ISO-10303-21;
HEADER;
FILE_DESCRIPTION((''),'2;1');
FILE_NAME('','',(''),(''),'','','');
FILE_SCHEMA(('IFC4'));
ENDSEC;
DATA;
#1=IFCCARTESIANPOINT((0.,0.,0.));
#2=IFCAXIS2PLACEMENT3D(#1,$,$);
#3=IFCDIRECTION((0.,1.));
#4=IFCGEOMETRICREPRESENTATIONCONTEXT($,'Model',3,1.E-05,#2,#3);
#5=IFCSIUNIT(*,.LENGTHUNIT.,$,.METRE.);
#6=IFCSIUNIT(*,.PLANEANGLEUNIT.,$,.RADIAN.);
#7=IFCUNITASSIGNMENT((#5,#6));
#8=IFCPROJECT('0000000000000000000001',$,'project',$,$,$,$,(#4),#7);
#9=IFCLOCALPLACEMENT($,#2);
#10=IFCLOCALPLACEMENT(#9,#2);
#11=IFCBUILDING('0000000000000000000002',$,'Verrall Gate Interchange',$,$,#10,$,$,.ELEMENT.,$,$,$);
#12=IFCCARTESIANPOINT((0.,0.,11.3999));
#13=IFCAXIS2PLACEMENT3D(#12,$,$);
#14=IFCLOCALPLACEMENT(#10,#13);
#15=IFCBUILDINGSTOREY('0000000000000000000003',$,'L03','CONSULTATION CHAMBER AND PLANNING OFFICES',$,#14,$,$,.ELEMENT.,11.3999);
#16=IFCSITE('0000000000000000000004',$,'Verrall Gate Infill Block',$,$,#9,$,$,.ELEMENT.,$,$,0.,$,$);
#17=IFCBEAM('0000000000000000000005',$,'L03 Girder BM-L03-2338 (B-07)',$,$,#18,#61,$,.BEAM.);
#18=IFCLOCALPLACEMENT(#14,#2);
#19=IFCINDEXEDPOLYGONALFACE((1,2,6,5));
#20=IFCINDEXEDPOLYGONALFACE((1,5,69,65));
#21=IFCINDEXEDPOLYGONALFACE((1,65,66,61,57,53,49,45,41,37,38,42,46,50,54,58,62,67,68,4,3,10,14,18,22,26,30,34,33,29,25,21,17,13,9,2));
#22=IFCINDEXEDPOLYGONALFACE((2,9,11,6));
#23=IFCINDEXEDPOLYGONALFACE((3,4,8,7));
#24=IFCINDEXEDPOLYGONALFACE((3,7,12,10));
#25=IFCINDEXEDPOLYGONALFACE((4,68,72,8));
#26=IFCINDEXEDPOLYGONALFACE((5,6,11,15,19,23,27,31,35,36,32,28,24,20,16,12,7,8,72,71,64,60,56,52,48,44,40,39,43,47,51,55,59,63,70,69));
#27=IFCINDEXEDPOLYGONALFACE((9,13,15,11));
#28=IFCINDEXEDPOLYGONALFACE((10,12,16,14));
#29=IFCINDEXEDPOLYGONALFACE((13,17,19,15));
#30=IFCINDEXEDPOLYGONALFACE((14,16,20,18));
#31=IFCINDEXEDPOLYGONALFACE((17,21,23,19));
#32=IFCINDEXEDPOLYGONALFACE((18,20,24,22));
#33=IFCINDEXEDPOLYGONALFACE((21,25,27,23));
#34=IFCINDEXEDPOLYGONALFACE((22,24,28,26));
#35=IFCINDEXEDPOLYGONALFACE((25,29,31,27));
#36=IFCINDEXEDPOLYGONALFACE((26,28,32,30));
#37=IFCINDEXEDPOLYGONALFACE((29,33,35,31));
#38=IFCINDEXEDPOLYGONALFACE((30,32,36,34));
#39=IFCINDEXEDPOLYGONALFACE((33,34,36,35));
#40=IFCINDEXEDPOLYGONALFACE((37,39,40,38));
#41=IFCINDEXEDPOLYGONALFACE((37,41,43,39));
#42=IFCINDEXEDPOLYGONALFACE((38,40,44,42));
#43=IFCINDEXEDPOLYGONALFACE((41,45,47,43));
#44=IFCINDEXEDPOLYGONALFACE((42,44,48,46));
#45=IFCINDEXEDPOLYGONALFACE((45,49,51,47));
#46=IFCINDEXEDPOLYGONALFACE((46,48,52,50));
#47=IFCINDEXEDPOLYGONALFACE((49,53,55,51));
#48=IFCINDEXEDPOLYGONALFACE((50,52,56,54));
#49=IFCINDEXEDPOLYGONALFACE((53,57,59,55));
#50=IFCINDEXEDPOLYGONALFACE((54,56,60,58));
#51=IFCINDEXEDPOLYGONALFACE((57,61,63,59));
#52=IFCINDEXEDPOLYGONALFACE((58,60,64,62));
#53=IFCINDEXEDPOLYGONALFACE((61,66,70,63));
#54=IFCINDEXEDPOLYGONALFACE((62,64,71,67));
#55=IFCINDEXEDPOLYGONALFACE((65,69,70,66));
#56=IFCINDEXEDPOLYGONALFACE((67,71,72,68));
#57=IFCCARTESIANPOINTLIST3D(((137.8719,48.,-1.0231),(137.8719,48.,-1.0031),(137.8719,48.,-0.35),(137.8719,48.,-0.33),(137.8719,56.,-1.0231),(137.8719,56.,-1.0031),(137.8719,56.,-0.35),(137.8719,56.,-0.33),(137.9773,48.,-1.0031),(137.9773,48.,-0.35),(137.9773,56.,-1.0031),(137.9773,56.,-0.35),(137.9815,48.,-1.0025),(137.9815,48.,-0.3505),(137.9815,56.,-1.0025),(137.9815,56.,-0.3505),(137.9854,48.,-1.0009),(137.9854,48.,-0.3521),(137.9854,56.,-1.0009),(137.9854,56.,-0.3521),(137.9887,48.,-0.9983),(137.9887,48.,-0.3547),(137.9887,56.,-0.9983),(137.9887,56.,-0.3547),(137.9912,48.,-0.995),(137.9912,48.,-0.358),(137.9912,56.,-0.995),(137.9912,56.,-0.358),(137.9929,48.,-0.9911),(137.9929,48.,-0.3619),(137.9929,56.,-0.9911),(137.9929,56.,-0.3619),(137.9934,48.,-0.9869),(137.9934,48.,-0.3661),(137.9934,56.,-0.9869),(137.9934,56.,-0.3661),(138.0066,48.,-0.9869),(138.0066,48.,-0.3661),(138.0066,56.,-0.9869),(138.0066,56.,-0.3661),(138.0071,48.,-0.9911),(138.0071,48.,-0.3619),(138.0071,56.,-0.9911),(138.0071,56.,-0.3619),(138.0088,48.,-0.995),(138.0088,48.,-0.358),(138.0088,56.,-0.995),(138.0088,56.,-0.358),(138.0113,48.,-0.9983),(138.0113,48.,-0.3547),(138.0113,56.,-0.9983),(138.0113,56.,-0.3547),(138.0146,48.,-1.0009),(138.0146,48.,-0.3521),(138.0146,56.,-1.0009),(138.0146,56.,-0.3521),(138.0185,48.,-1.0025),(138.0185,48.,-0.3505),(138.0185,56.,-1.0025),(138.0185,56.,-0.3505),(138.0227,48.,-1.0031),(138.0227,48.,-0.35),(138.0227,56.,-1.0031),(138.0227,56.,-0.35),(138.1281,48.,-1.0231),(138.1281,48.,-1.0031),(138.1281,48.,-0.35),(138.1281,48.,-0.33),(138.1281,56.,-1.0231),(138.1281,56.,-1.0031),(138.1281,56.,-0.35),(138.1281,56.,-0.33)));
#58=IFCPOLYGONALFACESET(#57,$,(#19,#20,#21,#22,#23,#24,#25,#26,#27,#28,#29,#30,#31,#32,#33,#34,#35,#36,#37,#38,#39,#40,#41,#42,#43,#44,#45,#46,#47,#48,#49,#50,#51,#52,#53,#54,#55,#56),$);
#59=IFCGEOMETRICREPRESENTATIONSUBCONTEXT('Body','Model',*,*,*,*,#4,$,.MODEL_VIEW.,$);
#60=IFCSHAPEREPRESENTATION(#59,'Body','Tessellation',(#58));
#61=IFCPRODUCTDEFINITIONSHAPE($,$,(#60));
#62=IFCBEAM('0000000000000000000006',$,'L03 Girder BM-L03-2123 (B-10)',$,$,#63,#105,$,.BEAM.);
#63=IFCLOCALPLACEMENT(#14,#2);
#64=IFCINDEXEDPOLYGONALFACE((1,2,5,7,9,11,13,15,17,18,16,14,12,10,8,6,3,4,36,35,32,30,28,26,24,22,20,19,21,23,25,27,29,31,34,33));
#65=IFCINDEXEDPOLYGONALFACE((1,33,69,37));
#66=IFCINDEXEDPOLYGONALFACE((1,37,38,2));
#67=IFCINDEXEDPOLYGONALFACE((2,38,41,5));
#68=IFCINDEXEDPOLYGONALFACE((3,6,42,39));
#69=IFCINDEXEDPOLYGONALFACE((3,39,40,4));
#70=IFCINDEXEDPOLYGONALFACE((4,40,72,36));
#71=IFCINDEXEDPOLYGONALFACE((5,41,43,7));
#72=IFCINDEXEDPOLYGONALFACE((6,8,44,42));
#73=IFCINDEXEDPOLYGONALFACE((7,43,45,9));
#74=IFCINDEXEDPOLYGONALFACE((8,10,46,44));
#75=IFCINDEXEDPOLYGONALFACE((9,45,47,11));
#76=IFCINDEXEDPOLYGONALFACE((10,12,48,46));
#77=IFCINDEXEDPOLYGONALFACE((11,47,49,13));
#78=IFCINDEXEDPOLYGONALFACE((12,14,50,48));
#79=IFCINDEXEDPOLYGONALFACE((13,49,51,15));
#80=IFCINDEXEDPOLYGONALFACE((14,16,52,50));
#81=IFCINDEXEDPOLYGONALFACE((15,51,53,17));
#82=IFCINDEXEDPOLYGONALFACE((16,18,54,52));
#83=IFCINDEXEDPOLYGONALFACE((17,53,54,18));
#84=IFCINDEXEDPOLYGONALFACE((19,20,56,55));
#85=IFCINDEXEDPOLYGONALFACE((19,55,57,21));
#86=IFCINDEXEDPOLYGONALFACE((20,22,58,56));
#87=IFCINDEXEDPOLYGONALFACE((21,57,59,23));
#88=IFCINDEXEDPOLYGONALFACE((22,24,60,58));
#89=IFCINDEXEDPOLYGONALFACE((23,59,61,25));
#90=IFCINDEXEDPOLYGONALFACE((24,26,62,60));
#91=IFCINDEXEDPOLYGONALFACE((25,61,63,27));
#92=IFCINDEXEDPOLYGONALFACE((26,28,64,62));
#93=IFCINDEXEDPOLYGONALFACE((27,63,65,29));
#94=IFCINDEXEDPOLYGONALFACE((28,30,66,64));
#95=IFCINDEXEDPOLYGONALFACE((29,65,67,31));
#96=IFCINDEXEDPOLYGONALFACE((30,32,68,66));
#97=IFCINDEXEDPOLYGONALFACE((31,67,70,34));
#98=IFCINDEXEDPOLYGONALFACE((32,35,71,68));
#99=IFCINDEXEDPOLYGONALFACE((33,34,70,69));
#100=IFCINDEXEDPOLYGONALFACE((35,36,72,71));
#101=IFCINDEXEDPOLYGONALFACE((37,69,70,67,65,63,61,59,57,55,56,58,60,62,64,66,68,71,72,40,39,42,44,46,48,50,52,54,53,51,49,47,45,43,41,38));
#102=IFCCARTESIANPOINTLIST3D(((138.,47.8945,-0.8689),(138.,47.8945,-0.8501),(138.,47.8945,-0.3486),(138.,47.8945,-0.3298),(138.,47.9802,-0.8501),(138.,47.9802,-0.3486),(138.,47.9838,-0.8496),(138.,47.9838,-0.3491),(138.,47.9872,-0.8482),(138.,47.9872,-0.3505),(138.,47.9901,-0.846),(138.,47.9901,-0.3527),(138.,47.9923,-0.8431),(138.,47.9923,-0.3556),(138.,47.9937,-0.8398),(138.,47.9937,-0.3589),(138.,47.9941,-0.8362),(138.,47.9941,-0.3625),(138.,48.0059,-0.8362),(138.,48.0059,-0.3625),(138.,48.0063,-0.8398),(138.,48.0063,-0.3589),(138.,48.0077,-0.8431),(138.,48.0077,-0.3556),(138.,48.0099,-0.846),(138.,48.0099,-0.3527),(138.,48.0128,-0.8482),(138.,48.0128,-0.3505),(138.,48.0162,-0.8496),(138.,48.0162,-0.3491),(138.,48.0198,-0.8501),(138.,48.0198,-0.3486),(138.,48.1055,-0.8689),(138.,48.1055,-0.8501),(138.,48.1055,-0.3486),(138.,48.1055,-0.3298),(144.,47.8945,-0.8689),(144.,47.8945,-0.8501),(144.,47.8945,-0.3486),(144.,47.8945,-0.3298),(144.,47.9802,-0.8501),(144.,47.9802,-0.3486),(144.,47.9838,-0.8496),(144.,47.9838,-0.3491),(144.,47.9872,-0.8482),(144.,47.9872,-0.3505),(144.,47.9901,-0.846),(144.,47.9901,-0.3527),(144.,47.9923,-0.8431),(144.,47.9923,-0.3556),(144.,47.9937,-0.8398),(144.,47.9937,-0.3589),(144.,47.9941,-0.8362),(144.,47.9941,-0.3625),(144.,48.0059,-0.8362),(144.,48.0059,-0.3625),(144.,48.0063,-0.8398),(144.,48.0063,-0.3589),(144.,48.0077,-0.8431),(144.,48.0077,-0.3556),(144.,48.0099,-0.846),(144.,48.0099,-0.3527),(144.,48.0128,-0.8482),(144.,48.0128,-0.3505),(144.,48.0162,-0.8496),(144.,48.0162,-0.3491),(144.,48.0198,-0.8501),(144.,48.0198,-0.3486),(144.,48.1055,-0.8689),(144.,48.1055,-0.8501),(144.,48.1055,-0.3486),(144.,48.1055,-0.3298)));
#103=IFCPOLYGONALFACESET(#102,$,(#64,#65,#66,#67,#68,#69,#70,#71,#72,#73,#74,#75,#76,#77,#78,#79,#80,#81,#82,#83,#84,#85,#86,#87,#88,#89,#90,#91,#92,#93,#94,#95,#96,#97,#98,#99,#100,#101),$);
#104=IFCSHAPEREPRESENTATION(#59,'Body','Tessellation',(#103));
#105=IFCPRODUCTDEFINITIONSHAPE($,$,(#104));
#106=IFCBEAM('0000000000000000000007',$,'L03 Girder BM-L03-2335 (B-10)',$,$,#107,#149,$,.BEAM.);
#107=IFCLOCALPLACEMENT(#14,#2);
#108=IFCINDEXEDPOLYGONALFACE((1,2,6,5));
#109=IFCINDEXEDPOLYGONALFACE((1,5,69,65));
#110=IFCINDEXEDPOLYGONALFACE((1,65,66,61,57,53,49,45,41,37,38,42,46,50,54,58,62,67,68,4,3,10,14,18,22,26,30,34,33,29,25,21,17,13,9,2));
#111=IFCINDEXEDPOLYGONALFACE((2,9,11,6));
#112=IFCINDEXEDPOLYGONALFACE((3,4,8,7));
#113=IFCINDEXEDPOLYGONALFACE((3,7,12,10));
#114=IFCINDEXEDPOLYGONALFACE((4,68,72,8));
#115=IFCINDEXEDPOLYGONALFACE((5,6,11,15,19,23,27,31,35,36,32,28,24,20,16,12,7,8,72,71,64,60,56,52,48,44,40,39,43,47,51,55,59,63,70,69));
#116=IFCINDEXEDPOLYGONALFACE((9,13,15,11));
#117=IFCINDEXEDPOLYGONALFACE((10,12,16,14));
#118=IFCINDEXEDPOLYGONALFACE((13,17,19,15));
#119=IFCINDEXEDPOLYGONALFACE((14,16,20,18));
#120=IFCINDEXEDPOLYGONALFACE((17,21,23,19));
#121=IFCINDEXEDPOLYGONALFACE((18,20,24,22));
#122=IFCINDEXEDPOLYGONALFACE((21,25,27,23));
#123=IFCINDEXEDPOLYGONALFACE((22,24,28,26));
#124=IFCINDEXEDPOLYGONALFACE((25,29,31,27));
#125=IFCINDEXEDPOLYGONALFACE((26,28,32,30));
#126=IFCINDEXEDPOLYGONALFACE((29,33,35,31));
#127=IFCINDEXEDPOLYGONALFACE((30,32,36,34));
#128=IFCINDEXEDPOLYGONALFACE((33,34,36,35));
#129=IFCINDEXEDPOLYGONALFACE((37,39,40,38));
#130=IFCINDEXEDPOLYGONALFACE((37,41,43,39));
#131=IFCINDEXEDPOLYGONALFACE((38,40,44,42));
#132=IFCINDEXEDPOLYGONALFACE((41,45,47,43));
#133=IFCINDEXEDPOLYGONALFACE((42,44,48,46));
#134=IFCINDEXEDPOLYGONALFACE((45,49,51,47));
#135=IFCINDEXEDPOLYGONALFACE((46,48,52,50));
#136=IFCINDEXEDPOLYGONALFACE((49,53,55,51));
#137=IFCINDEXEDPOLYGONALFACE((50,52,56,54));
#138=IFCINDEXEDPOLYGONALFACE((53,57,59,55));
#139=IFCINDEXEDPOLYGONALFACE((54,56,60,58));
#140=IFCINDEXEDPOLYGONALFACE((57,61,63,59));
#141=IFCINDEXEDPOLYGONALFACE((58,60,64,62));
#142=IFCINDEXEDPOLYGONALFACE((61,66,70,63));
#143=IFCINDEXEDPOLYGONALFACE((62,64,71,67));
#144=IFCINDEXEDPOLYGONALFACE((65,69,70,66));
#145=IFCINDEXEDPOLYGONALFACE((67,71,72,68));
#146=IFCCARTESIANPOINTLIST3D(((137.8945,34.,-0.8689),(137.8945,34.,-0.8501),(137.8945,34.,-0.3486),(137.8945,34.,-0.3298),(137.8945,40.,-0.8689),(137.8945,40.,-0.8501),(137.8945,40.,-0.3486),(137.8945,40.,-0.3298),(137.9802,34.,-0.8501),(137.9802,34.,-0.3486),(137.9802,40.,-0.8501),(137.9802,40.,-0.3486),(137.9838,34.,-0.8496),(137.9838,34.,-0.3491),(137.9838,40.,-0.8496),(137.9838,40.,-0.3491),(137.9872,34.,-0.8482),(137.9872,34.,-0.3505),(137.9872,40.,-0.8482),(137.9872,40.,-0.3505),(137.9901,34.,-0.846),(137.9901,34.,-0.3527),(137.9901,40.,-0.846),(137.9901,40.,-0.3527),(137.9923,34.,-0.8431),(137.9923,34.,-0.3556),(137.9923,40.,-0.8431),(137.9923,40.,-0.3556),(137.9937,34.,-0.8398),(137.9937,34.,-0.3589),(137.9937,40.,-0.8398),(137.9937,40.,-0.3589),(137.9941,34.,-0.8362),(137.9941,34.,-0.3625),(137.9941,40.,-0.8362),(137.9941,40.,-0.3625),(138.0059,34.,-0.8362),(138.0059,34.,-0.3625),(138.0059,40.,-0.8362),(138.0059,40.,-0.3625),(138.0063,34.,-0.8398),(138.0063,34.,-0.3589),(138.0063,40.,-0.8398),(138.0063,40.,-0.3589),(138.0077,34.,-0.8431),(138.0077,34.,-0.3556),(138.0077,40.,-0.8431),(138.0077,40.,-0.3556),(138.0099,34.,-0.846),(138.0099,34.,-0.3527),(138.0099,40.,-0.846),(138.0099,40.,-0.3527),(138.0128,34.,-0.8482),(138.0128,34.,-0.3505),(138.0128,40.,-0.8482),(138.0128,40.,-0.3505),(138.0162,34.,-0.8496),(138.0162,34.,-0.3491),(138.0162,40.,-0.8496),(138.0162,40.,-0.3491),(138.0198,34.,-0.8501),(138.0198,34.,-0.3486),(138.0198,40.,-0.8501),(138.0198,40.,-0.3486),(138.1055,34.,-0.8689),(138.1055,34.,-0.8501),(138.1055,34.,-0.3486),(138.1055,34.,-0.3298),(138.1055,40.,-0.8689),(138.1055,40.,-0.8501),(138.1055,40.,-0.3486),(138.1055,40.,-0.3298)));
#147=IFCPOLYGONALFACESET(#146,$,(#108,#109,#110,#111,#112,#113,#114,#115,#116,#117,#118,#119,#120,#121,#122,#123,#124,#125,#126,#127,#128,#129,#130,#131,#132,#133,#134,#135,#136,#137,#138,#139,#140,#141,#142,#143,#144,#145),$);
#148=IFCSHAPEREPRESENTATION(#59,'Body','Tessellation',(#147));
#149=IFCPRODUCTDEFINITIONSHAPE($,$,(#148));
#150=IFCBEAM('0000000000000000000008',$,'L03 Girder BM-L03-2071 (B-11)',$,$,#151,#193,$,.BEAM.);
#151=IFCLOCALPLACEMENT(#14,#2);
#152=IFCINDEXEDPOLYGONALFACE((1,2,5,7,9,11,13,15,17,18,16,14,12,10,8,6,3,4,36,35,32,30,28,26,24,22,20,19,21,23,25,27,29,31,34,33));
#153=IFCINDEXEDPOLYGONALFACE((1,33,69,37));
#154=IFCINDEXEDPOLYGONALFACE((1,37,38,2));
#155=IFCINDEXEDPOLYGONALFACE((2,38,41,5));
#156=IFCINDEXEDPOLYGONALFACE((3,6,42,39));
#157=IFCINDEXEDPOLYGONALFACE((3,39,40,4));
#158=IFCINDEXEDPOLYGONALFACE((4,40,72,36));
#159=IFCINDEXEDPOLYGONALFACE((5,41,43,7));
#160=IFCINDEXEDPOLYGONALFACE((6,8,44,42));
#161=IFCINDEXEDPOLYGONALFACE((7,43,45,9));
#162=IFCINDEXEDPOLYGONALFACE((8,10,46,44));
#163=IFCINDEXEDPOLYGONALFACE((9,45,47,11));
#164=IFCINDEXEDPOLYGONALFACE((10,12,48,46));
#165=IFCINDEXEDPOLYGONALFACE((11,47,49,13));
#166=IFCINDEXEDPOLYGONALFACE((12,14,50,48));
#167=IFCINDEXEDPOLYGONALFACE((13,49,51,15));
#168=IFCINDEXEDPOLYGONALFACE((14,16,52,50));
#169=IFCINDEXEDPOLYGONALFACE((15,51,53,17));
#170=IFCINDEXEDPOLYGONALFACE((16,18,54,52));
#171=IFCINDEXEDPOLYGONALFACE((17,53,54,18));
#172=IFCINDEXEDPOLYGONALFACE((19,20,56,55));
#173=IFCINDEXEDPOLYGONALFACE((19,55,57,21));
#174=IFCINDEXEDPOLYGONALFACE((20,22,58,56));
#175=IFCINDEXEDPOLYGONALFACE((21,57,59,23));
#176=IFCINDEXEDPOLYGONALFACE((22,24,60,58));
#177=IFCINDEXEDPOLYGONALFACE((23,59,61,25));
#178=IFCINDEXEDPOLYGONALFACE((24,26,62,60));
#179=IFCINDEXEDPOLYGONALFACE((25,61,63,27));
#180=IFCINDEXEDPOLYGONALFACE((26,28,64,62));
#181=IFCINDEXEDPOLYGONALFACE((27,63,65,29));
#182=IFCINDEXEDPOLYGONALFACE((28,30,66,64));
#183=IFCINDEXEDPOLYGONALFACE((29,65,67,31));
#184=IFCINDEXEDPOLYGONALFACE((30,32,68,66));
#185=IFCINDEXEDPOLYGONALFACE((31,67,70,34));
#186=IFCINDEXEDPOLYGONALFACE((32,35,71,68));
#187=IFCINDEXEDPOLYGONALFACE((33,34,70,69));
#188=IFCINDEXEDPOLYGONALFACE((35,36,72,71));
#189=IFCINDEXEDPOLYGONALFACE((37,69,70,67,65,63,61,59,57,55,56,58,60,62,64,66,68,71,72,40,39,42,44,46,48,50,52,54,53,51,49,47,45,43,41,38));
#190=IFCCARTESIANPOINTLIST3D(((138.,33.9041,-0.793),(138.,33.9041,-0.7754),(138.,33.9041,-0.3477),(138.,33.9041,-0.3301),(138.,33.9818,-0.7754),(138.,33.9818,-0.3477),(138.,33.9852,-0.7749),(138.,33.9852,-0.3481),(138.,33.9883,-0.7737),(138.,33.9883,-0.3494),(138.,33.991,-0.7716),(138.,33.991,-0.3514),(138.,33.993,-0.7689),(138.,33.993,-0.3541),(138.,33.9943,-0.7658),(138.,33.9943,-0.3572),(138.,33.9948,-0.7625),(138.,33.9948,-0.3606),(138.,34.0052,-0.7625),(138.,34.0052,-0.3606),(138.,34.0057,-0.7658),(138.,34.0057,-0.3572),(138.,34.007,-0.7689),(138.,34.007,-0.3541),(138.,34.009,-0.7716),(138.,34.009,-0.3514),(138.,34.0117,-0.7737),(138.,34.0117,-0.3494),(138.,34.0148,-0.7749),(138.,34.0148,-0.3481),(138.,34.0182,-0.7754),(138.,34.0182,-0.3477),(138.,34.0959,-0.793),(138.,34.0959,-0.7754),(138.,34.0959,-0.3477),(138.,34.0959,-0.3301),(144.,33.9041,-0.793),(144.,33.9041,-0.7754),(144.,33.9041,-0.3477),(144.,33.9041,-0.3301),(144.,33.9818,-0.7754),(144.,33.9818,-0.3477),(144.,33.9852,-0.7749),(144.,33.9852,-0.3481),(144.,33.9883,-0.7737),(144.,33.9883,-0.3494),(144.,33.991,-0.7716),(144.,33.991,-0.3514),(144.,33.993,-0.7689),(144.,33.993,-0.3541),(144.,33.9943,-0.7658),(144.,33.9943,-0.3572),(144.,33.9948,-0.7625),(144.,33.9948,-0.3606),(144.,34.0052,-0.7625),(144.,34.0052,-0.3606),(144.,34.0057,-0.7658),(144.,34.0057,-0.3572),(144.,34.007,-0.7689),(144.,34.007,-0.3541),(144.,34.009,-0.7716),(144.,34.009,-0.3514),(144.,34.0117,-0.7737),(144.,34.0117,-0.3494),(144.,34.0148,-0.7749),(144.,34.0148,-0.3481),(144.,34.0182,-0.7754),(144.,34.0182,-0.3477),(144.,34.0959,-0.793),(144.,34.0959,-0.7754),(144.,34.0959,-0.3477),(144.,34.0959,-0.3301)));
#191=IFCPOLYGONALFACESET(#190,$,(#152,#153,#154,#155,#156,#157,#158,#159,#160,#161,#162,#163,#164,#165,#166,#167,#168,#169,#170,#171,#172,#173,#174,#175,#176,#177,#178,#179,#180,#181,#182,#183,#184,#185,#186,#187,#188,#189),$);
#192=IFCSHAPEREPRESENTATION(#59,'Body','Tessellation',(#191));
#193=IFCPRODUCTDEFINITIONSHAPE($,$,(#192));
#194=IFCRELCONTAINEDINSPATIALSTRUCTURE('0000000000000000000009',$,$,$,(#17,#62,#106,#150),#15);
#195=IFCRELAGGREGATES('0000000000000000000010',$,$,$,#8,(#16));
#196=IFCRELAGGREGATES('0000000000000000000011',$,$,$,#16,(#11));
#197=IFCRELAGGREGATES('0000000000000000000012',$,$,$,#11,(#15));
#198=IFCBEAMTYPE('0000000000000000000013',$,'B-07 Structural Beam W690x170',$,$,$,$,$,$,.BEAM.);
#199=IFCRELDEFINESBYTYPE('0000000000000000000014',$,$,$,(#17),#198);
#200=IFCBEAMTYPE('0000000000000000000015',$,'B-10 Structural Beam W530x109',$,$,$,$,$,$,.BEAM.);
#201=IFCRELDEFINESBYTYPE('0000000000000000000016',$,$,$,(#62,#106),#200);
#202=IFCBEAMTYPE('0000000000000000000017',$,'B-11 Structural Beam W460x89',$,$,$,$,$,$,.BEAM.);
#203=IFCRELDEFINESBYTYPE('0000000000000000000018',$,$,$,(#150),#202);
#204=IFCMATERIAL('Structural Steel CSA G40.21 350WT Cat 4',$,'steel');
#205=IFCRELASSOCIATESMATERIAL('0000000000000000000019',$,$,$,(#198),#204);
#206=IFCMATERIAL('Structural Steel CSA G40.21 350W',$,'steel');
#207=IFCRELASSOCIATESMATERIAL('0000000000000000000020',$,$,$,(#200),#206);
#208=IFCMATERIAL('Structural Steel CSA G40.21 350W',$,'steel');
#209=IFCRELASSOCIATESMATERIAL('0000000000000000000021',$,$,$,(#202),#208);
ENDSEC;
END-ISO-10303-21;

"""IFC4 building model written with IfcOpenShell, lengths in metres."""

from ifc_helpers import new_model, si_unit, direction, frame, origin, origin_2d, place, context, subcontext, project, spatial, i_section, extrude, material, material_profile, profile_set, type_object, element, save


model = new_model("IFC4")

# Units and contexts
model_context = context("Model", 3, precision=1e-05, world=origin(), true_north=direction((0.0, 1.0)))
body_context = subcontext(model_context, "Body", "Model", "MODEL_VIEW")
ifc_project = project(units=[si_unit("LENGTHUNIT", "METRE"), si_unit("PLANEANGLEUNIT", "RADIAN")], contexts=[model_context])

# Site, building, storey
site_placement = place(None, origin())
site = spatial("IfcSite", under=ifc_project, at=site_placement, Name="Verrall Gate Infill Block", CompositionType="ELEMENT", RefElevation=0.0)
building_placement = place(site_placement, origin())
building = spatial("IfcBuilding", under=site, at=building_placement, Name="Verrall Gate Interchange", CompositionType="ELEMENT")
storey_placement = place(building_placement, frame((0.0, 0.0, 11.3999)))
storey = spatial("IfcBuildingStorey", under=building, at=storey_placement, Name="L03", Description="CONSULTATION CHAMBER AND PLANNING OFFICES", CompositionType="ELEMENT", Elevation=11.3999)

# Beams
ifc_material_1 = material(Name="Structural Steel CSA G40.21 350WT Cat 4", Category="steel")
ifc_material_profile_1 = material_profile(ifc_material_1, i_section(OverallWidth=0.2561, OverallDepth=0.6931, WebThickness=0.0132, FlangeThickness=0.02, FilletRadius=0.0161, at=origin_2d()), Name="W690x170")
ifc_profile_set_1 = profile_set([ifc_material_profile_1], Name="Structural Steel CSA G40.21 350WT Cat 4")
beam_type_1 = type_object("IfcBeamType", Name="B-07 Structural Beam W690x170", PredefinedType="BEAM", material=ifc_profile_set_1)
beam_1_placement = place(storey_placement, frame((138.0, 48.0, -0.6765), z_axis=(0.0, 1.0, 0.0), x_axis=(-1.0, 0.0, 0.0)))
element("IfcBeam", 1, at=beam_1_placement, inside=storey, type_object=beam_type_1, Name="L03 Girder BM-L03-2338 (B-07)", PredefinedType="BEAM", context=body_context, shape_type="SweptSolid", body=[
    extrude(i_section(OverallWidth=0.2561, OverallDepth=0.6931, WebThickness=0.0132, FlangeThickness=0.02, FilletRadius=0.0161, at=origin_2d()), origin(), (0.0, 0.0, 1.0), 8.0),
])
ifc_material_2 = material(Name="Structural Steel CSA G40.21 350W", Category="steel")
ifc_material_profile_2 = material_profile(ifc_material_2, i_section(OverallWidth=0.2109, OverallDepth=0.5391, WebThickness=0.0117, FlangeThickness=0.0188, FilletRadius=0.0139, at=origin_2d()), Name="W530x109")
ifc_profile_set_2 = profile_set([ifc_material_profile_2], Name="Structural Steel CSA G40.21 350W")
beam_type_2 = type_object("IfcBeamType", Name="B-10 Structural Beam W530x109", PredefinedType="BEAM", material=ifc_profile_set_2)
for number, where, z_axis, x_axis, name in (
    (2, (138.0, 48.0, -0.5994), (1.0, 0.0, 0.0), (0.0, 1.0, 0.0), "L03 Girder BM-L03-2123 (B-10)"),
    (3, (138.0, 34.0, -0.5994), (0.0, 1.0, 0.0), (-1.0, 0.0, 0.0), "L03 Girder BM-L03-2335 (B-10)"),
):
    element("IfcBeam", number, at=place(storey_placement, frame(where, z_axis=z_axis, x_axis=x_axis)), inside=storey, type_object=beam_type_2, Name=name, PredefinedType="BEAM", context=body_context, shape_type="SweptSolid", body=[
        extrude(i_section(OverallWidth=0.2109, OverallDepth=0.5391, WebThickness=0.0117, FlangeThickness=0.0188, FilletRadius=0.0139, at=origin_2d()), origin(), (0.0, 0.0, 1.0), 6.0),
    ])
ifc_material_3 = material(Name="Structural Steel CSA G40.21 350W", Category="steel")
ifc_material_profile_3 = material_profile(ifc_material_3, i_section(OverallWidth=0.1919, OverallDepth=0.4629, WebThickness=0.0105, FlangeThickness=0.0176, FilletRadius=0.0129, at=origin_2d()), Name="W460x89")
ifc_profile_set_3 = profile_set([ifc_material_profile_3], Name="Structural Steel CSA G40.21 350W")
beam_type_3 = type_object("IfcBeamType", Name="B-11 Structural Beam W460x89", PredefinedType="BEAM", material=ifc_profile_set_3)
for number, where, z_axis, x_axis, name in (
    (4, (138.0, 34.0, -0.5615), (1.0, 0.0, 0.0), (0.0, 1.0, 0.0), "L03 Girder BM-L03-2071 (B-11)"),
):
    element("IfcBeam", number, at=place(storey_placement, frame(where, z_axis=z_axis, x_axis=x_axis)), inside=storey, type_object=beam_type_3, Name=name, PredefinedType="BEAM", context=body_context, shape_type="SweptSolid", body=[
        extrude(i_section(OverallWidth=0.1919, OverallDepth=0.4629, WebThickness=0.0105, FlangeThickness=0.0176, FilletRadius=0.0129, at=origin_2d()), origin(), (0.0, 0.0, 1.0), 6.0),
    ])

save(model, "model.ifc")
